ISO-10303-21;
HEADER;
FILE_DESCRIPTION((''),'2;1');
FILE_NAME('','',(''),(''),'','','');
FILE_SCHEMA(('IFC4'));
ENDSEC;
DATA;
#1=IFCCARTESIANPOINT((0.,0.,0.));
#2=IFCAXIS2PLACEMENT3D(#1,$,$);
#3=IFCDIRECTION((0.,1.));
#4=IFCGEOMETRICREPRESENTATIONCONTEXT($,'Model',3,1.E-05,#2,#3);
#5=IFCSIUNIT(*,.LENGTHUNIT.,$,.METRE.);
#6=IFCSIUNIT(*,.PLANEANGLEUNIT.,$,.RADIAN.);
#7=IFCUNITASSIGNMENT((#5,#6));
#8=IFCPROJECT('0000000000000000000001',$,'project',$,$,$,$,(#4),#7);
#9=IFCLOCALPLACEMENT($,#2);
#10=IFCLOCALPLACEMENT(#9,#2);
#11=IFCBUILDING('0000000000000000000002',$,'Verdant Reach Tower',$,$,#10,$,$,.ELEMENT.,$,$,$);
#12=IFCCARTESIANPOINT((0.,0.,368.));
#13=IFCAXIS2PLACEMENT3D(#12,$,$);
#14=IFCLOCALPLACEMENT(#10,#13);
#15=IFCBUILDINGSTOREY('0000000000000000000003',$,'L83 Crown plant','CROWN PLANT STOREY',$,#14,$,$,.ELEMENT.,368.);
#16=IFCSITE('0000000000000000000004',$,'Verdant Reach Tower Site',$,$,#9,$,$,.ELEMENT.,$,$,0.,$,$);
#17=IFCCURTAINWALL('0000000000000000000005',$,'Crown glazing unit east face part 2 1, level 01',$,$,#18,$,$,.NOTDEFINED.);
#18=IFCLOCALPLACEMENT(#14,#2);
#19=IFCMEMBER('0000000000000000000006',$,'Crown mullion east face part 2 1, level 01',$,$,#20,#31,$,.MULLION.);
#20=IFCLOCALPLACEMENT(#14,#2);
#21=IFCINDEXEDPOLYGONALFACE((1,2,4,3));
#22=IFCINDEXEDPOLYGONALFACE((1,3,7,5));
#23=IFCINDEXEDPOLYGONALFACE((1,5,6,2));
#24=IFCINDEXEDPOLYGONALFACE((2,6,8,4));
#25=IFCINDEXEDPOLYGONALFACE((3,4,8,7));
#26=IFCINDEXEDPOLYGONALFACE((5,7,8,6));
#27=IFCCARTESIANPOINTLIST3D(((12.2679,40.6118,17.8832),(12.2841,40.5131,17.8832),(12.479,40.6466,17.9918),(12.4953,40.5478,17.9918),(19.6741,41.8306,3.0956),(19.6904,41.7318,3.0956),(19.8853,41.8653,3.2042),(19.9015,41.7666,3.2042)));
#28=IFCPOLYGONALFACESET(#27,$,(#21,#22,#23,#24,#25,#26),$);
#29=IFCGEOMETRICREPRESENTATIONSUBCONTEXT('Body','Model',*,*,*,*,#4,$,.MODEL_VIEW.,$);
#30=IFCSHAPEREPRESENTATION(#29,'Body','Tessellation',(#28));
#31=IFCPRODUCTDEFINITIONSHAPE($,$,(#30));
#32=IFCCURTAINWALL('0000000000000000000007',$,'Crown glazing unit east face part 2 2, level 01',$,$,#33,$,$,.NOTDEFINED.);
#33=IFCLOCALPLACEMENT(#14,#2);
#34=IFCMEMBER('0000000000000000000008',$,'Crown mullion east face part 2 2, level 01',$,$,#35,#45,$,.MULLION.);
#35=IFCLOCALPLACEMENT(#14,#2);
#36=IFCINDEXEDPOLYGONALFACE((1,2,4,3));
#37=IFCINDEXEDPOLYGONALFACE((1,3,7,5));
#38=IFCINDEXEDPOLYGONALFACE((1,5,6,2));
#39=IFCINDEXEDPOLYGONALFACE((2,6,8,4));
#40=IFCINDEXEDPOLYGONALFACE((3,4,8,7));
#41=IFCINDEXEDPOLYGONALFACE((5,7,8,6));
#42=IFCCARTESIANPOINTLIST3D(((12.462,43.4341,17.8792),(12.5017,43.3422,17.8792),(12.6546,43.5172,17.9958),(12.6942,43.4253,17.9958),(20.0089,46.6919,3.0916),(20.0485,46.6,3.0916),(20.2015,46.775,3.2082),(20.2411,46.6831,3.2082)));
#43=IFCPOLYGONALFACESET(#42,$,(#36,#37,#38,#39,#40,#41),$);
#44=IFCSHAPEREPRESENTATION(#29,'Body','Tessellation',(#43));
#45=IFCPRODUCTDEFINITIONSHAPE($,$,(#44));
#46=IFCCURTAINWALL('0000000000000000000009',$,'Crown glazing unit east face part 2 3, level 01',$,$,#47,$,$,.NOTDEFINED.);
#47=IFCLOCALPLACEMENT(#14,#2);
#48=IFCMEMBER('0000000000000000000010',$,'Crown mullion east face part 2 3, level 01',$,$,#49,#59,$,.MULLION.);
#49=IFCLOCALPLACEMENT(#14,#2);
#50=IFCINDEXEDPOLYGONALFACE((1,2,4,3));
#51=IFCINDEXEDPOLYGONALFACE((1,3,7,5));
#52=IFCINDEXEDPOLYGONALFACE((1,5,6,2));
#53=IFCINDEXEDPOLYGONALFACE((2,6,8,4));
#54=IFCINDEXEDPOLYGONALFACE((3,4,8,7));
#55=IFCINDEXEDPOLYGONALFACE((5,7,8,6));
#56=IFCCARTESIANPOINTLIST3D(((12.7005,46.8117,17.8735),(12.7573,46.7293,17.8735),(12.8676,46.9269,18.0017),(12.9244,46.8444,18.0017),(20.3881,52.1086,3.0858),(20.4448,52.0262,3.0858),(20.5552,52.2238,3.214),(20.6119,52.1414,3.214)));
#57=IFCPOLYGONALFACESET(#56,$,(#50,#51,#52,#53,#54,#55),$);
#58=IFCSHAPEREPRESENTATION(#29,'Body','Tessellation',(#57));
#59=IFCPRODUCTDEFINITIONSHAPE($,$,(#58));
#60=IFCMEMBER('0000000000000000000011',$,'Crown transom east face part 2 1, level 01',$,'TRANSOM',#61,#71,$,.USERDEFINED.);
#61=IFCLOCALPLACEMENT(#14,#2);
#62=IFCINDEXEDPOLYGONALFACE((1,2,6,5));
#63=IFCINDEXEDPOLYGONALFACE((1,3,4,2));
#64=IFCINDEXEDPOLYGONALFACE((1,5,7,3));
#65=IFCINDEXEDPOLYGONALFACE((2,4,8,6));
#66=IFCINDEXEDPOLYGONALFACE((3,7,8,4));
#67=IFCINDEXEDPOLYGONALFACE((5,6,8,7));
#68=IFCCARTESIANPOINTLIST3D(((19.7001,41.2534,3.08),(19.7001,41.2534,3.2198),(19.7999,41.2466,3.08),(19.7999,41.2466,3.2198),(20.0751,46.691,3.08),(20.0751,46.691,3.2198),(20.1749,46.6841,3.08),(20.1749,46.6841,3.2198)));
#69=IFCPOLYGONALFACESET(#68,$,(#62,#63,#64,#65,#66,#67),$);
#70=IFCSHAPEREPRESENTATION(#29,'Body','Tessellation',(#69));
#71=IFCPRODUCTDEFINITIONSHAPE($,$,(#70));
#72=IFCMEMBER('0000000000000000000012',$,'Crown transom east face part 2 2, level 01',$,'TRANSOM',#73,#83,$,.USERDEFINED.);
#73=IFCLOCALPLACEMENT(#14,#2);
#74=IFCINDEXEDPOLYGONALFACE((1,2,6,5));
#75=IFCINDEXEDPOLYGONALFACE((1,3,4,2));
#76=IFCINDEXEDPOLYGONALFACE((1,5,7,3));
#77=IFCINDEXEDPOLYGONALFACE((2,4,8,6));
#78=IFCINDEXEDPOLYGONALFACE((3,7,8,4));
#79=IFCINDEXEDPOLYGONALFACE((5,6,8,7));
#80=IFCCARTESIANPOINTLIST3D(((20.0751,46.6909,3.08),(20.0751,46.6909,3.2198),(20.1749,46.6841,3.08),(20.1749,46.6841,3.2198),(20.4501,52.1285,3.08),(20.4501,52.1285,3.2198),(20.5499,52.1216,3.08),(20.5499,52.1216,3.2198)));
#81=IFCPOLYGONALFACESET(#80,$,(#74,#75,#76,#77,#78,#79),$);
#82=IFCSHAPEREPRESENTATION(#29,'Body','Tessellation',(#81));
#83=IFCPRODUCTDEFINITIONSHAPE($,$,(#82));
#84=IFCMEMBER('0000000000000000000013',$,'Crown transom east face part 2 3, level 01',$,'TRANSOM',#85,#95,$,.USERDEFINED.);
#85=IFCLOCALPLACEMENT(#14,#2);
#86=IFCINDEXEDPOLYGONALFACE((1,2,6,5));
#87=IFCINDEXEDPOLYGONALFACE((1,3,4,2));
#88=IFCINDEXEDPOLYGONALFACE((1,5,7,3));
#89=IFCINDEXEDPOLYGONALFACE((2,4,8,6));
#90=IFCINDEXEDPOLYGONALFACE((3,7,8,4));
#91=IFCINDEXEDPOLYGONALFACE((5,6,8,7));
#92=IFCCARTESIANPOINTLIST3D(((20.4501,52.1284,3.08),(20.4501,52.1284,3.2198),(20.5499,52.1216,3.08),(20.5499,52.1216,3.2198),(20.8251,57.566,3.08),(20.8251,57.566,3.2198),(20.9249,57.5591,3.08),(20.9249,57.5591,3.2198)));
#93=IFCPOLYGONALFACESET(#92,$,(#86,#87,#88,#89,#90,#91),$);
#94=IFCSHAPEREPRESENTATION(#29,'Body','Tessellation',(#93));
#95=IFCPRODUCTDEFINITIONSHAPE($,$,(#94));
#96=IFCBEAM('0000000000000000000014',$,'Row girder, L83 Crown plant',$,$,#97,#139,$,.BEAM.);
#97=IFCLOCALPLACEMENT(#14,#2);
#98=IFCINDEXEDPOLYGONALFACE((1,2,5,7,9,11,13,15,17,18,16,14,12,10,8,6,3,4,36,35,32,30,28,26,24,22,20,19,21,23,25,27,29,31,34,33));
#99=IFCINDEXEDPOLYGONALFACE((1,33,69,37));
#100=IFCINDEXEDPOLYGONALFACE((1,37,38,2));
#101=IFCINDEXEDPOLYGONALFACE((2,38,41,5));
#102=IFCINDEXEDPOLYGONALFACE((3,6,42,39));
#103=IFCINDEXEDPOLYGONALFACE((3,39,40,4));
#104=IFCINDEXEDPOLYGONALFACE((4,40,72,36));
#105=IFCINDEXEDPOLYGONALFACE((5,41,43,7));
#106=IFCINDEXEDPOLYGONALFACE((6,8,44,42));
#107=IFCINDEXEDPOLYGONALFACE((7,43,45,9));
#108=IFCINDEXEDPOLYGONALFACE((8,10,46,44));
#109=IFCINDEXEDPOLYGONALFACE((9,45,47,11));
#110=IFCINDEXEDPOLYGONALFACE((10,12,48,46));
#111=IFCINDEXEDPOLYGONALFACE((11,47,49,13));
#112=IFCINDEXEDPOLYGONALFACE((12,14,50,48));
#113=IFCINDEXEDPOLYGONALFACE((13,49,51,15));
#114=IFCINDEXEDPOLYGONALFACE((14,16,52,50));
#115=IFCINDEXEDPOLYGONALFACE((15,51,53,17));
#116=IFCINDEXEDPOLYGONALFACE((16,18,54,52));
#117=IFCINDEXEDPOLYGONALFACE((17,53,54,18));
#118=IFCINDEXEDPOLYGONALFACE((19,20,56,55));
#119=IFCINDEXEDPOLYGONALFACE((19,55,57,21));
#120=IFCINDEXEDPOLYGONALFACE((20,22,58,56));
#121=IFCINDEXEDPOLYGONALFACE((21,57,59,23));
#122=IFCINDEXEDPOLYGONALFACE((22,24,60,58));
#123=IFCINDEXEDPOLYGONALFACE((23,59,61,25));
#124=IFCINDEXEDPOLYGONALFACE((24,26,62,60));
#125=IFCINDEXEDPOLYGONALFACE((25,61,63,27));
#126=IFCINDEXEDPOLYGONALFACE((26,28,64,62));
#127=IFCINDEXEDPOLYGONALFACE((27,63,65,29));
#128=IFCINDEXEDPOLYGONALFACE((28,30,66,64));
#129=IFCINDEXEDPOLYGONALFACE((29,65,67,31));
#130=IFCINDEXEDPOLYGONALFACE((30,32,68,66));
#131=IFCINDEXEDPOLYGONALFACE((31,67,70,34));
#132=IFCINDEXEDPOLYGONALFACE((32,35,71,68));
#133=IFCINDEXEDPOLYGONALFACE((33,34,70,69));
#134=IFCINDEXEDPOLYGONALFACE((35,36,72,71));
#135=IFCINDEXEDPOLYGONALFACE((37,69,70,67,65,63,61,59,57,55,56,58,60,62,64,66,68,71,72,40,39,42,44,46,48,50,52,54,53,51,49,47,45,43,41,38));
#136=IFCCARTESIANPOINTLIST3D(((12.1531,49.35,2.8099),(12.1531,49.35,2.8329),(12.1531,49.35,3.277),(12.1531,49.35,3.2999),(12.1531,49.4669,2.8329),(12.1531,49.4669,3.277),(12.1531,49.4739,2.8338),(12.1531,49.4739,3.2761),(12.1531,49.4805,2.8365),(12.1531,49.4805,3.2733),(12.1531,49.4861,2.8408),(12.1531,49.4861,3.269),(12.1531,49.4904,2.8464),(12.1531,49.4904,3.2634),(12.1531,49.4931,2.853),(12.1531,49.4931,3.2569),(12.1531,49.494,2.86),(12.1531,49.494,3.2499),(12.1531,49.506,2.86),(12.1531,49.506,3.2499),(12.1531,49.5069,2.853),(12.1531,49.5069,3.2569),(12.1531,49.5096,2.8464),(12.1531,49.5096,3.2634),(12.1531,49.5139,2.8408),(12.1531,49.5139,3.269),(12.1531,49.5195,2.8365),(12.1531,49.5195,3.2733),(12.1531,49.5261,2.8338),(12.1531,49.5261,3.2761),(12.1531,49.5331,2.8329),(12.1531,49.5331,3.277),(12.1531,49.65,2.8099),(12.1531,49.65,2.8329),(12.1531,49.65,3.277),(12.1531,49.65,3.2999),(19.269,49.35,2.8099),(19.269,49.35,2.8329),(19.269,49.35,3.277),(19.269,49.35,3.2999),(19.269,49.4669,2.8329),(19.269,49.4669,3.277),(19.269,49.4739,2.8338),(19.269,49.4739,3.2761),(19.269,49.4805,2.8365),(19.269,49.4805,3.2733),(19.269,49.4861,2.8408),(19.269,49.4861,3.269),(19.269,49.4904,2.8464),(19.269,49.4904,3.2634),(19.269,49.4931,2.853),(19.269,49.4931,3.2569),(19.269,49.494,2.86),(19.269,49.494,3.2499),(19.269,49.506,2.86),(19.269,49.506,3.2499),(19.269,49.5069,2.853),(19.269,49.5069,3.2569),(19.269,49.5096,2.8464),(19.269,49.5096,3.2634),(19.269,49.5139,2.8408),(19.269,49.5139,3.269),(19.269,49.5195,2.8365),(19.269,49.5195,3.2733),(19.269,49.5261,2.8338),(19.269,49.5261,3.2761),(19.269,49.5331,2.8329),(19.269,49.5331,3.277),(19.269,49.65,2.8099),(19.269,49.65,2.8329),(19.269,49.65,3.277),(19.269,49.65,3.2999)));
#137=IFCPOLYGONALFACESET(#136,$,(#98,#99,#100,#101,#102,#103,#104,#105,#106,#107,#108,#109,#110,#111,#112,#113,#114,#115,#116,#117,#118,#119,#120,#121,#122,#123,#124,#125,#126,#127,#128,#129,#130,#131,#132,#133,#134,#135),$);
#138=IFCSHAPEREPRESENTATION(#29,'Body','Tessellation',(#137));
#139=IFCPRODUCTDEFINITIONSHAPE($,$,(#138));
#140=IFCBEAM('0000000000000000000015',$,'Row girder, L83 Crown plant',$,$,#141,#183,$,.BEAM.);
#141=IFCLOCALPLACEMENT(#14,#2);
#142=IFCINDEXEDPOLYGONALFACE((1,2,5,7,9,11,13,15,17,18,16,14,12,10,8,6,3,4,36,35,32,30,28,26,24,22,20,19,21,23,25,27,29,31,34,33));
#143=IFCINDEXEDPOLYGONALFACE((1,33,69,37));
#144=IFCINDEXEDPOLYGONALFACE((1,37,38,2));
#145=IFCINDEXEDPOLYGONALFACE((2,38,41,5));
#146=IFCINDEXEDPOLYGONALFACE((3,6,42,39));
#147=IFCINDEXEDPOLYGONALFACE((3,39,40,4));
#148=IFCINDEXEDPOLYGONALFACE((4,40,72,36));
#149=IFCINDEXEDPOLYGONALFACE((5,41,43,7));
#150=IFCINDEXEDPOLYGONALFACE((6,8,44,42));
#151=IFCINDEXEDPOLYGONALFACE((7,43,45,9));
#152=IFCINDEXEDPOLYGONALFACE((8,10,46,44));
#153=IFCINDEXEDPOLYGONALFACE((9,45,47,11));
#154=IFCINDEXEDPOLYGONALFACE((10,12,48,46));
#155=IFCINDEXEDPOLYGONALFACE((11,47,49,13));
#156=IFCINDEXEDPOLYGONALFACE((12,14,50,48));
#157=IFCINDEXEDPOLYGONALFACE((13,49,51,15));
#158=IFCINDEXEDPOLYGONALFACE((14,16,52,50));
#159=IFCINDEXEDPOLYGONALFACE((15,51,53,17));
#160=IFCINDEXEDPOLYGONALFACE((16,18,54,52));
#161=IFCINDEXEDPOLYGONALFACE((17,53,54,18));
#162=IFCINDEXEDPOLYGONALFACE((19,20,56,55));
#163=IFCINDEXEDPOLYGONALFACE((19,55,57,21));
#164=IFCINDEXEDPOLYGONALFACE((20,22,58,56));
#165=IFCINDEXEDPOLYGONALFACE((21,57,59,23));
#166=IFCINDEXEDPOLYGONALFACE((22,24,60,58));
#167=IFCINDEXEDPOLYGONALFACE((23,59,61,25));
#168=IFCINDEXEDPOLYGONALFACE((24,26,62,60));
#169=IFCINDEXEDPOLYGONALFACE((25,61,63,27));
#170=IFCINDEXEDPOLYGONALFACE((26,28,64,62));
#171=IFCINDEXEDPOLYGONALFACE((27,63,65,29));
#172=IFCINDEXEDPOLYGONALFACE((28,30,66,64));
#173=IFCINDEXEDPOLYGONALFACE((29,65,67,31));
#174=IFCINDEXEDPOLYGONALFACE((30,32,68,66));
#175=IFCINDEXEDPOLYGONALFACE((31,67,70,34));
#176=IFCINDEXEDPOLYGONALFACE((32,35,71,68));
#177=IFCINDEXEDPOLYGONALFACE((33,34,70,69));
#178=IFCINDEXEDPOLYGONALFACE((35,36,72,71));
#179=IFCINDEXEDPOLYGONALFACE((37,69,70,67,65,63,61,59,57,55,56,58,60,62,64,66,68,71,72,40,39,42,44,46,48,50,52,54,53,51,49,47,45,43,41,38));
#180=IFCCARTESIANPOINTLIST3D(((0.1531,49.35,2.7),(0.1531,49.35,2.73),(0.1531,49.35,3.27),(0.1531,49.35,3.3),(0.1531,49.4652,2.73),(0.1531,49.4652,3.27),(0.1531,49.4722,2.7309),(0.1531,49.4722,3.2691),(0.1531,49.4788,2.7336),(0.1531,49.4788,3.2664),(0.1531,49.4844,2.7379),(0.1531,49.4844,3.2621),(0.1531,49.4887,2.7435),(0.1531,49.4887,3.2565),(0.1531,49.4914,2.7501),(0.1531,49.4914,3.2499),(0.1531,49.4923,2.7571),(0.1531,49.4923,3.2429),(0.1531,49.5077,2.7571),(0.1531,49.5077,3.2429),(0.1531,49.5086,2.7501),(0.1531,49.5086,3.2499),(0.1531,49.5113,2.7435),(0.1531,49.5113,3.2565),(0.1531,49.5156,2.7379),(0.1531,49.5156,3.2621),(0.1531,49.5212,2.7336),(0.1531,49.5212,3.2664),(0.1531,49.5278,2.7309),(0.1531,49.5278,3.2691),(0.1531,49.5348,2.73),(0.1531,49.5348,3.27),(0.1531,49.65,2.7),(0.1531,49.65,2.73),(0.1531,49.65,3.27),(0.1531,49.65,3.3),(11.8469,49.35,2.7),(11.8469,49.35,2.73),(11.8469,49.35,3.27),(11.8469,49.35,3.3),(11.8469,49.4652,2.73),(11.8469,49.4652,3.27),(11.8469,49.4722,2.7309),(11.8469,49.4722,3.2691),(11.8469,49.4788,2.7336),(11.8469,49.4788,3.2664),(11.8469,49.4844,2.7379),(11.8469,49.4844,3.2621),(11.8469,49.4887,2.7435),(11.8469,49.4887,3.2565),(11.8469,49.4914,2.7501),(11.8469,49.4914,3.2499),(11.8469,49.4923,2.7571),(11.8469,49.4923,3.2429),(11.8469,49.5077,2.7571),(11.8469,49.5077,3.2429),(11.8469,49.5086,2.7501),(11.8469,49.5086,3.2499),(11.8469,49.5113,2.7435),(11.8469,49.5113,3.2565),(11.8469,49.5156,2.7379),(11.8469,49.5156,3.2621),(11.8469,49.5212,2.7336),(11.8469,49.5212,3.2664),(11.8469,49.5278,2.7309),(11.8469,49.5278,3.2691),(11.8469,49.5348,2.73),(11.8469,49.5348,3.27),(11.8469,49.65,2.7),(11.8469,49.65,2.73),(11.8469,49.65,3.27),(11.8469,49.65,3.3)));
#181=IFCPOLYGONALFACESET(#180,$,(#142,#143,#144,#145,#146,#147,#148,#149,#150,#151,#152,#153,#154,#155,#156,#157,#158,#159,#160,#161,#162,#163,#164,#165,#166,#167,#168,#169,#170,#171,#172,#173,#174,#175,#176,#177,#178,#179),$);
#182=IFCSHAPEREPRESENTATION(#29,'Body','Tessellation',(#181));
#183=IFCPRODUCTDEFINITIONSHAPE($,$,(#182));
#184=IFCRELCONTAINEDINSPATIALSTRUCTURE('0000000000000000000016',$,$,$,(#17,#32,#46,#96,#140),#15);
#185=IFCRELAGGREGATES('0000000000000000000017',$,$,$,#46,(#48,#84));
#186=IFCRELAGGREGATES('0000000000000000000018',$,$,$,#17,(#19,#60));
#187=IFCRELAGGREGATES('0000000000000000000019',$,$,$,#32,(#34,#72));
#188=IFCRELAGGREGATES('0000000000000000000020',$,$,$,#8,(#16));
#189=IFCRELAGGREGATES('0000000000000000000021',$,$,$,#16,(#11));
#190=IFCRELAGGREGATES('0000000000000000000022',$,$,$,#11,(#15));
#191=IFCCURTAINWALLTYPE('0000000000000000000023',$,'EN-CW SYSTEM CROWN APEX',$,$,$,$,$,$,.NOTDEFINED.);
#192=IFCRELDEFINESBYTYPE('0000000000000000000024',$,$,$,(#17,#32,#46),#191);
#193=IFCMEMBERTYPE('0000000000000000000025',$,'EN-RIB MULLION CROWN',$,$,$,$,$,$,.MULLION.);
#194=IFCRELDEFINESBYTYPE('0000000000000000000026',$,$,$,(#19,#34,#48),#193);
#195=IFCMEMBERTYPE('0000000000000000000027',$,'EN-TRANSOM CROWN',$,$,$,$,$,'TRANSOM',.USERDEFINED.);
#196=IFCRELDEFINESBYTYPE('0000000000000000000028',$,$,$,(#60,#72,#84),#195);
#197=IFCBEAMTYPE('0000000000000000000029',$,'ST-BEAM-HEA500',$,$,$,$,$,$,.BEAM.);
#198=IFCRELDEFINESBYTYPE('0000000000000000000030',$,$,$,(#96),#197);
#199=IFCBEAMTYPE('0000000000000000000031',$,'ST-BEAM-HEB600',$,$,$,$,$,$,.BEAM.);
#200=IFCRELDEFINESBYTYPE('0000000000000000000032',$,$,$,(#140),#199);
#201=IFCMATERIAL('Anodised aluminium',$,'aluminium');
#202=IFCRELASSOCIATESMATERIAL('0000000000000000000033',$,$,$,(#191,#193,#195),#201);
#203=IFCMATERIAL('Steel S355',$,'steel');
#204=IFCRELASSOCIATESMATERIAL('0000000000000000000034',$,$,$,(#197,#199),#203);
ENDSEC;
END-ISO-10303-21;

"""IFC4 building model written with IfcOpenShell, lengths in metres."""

from ifc_helpers import new_model, si_unit, direction, frame, origin, origin_2d, place, context, subcontext, project, spatial, rectangle, i_section, extrude, material, material_profile, profile_set, type_object, element, aggregate, save


model = new_model("IFC4")

# Units and contexts
model_context = context("Model", 3, precision=1e-05, world=origin(), true_north=direction((0.0, 1.0)))
body_context = subcontext(model_context, "Body", "Model", "MODEL_VIEW")
ifc_project = project(units=[si_unit("LENGTHUNIT", "METRE"), si_unit("PLANEANGLEUNIT", "RADIAN")], contexts=[model_context])

# Site, building, storey
site_placement = place(None, origin())
site = spatial("IfcSite", under=ifc_project, at=site_placement, Name="Verdant Reach Tower Site", CompositionType="ELEMENT", RefElevation=0.0)
building_placement = place(site_placement, origin())
building = spatial("IfcBuilding", under=site, at=building_placement, Name="Verdant Reach Tower", CompositionType="ELEMENT")
storey_placement = place(building_placement, frame((0.0, 0.0, 368.0)))
storey = spatial("IfcBuildingStorey", under=building, at=storey_placement, Name="L83 Crown plant", Description="CROWN PLANT STOREY", CompositionType="ELEMENT", Elevation=368.0)

# Curtain walls, members
ifc_material_1 = material(Name="Anodised aluminium", Category="aluminium")
curtain_wall_type_1 = type_object("IfcCurtainWallType", Name="EN-CW SYSTEM CROWN APEX", PredefinedType="NOTDEFINED", material=ifc_material_1)
curtain_wall_1_placement = place(storey_placement, origin())
curtain_wall_1 = element("IfcCurtainWall", 1, at=curtain_wall_1_placement, inside=storey, type_object=curtain_wall_type_1, Name="Crown glazing unit east face part 2 1, level 01", PredefinedType="NOTDEFINED")
ifc_material_profile_1 = material_profile(ifc_material_1, rectangle(XDim=0.1001, YDim=0.24, at=origin_2d()), Name="Mullion 100x240")
ifc_profile_set_1 = profile_set([ifc_material_profile_1], Name="Anodised aluminium")
member_type_1 = type_object("IfcMemberType", Name="EN-RIB MULLION CROWN", PredefinedType="MULLION", material=ifc_profile_set_1)
member_1_placement = place(storey_placement, frame((19.7878, 41.7986, 3.1499), z_axis=(-0.446605, -0.073492, 0.891708), x_axis=(0.162373, -0.986729, 0.0)))
member_1 = element("IfcMember", 2, at=member_1_placement, type_object=member_type_1, Name="Crown mullion east face part 2 1, level 01", PredefinedType="MULLION", context=body_context, shape_type="SweptSolid", body=[
    extrude(rectangle(XDim=0.1001, YDim=0.24, at=origin_2d()), origin(), (0.0, 0.0, 1.0), 16.5835),
])
curtain_wall_2_placement = place(storey_placement, origin())
curtain_wall_2 = element("IfcCurtainWall", 3, at=curtain_wall_2_placement, inside=storey, type_object=curtain_wall_type_1, Name="Crown glazing unit east face part 2 2, level 01", PredefinedType="NOTDEFINED")
member_2_placement = place(storey_placement, frame((20.125, 46.6875, 3.1499), z_axis=(-0.446068, -0.192557, 0.87404), x_axis=(0.396327, -0.91811, 0.0)))
member_2 = element("IfcMember", 4, at=member_2_placement, type_object=member_type_1, Name="Crown mullion east face part 2 2, level 01", PredefinedType="MULLION", context=body_context, shape_type="SweptSolid", body=[
    extrude(rectangle(XDim=0.1001, YDim=0.24, at=origin_2d()), origin(), (0.0, 0.0, 1.0), 16.9187),
])
curtain_wall_3_placement = place(storey_placement, origin())
curtain_wall_3 = element("IfcCurtainWall", 5, at=curtain_wall_3_placement, inside=storey, type_object=curtain_wall_type_1, Name="Crown glazing unit east face part 2 3, level 01", PredefinedType="NOTDEFINED")
member_3_placement = place(storey_placement, frame((20.5, 52.125, 3.1499), z_axis=(-0.439589, -0.302888, 0.845589), x_axis=(0.567381, -0.823455, 0.0)))
member_3 = element("IfcMember", 6, at=member_3_placement, type_object=member_type_1, Name="Crown mullion east face part 2 3, level 01", PredefinedType="MULLION", context=body_context, shape_type="SweptSolid", body=[
    extrude(rectangle(XDim=0.1001, YDim=0.24, at=origin_2d()), origin(), (0.0, 0.0, 1.0), 17.488),
])

# Members
ifc_material_profile_2 = material_profile(ifc_material_1, rectangle(XDim=0.1001, YDim=0.1399, at=origin_2d()), Name="Transom 140x100")
ifc_profile_set_2 = profile_set([ifc_material_profile_2], Name="Anodised aluminium")
member_type_2 = type_object("IfcMemberType", Name="EN-TRANSOM CROWN", ElementType="TRANSOM", PredefinedType="USERDEFINED", material=ifc_profile_set_2)
member_4_placement = place(storey_placement, frame((19.75, 41.25, 3.1499), z_axis=(0.068802, 0.99763, 0.0), x_axis=(-0.99763, 0.068802, 0.0)))
member_4 = element("IfcMember", 7, at=member_4_placement, type_object=member_type_2, Name="Crown transom east face part 2 1, level 01", ObjectType="TRANSOM", PredefinedType="USERDEFINED", context=body_context, shape_type="SweptSolid", body=[
    extrude(rectangle(XDim=0.1001, YDim=0.1399, at=origin_2d()), origin(), (0.0, 0.0, 1.0), 5.4504),
])
member_5_placement = place(storey_placement, frame((20.125, 46.6875, 3.1499), z_axis=(0.068802, 0.99763, 0.0), x_axis=(-0.99763, 0.068802, 0.0)))
member_5 = element("IfcMember", 8, at=member_5_placement, type_object=member_type_2, Name="Crown transom east face part 2 2, level 01", ObjectType="TRANSOM", PredefinedType="USERDEFINED", context=body_context, shape_type="SweptSolid", body=[
    extrude(rectangle(XDim=0.1001, YDim=0.1399, at=origin_2d()), origin(), (0.0, 0.0, 1.0), 5.4504),
])
member_6_placement = place(storey_placement, frame((20.5, 52.125, 3.1499), z_axis=(0.068802, 0.99763, 0.0), x_axis=(-0.99763, 0.068802, 0.0)))
member_6 = element("IfcMember", 9, at=member_6_placement, type_object=member_type_2, Name="Crown transom east face part 2 3, level 01", ObjectType="TRANSOM", PredefinedType="USERDEFINED", context=body_context, shape_type="SweptSolid", body=[
    extrude(rectangle(XDim=0.1001, YDim=0.1399, at=origin_2d()), origin(), (0.0, 0.0, 1.0), 5.4504),
])
aggregate(curtain_wall_3, [member_3, member_6])

# Beams
ifc_material_2 = material(Name="Steel S355", Category="steel")
ifc_material_profile_3 = material_profile(ifc_material_2, i_section(OverallWidth=0.3, OverallDepth=0.49, WebThickness=0.012, FlangeThickness=0.0229, FilletRadius=0.0271, at=origin_2d()), Name="HEA 500")
ifc_profile_set_3 = profile_set([ifc_material_profile_3], Name="Steel S355")
beam_type_1 = type_object("IfcBeamType", Name="ST-BEAM-HEA500", PredefinedType="BEAM", material=ifc_profile_set_3)
beam_1_placement = place(storey_placement, frame((12.1531, 49.5, 3.0549), z_axis=(1.0, 0.0, 0.0), x_axis=(0.0, 1.0, 0.0)))
element("IfcBeam", 10, at=beam_1_placement, inside=storey, type_object=beam_type_1, Name="Row girder, L83 Crown plant", PredefinedType="BEAM", context=body_context, shape_type="SweptSolid", body=[
    extrude(i_section(OverallWidth=0.3, OverallDepth=0.49, WebThickness=0.012, FlangeThickness=0.0229, FilletRadius=0.0271, at=origin_2d()), origin(), (0.0, 0.0, 1.0), 7.116),
])
ifc_material_profile_4 = material_profile(ifc_material_2, i_section(OverallWidth=0.3, OverallDepth=0.6001, WebThickness=0.0154, FlangeThickness=0.03, FilletRadius=0.0271, at=origin_2d()), Name="HEB 600")
ifc_profile_set_4 = profile_set([ifc_material_profile_4], Name="Steel S355")
beam_type_2 = type_object("IfcBeamType", Name="ST-BEAM-HEB600", PredefinedType="BEAM", material=ifc_profile_set_4)
beam_2_placement = place(storey_placement, frame((0.1531, 49.5, 3.0), z_axis=(1.0, 0.0, 0.0), x_axis=(0.0, 1.0, 0.0)))
element("IfcBeam", 11, at=beam_2_placement, inside=storey, type_object=beam_type_2, Name="Row girder, L83 Crown plant", PredefinedType="BEAM", context=body_context, shape_type="SweptSolid", body=[
    extrude(i_section(OverallWidth=0.3, OverallDepth=0.6001, WebThickness=0.0154, FlangeThickness=0.03, FilletRadius=0.0271, at=origin_2d()), origin(), (0.0, 0.0, 1.0), 11.6938),
])

aggregate(curtain_wall_1, [member_1, member_4])
aggregate(curtain_wall_2, [member_2, member_5])

save(model, "model.ifc")
